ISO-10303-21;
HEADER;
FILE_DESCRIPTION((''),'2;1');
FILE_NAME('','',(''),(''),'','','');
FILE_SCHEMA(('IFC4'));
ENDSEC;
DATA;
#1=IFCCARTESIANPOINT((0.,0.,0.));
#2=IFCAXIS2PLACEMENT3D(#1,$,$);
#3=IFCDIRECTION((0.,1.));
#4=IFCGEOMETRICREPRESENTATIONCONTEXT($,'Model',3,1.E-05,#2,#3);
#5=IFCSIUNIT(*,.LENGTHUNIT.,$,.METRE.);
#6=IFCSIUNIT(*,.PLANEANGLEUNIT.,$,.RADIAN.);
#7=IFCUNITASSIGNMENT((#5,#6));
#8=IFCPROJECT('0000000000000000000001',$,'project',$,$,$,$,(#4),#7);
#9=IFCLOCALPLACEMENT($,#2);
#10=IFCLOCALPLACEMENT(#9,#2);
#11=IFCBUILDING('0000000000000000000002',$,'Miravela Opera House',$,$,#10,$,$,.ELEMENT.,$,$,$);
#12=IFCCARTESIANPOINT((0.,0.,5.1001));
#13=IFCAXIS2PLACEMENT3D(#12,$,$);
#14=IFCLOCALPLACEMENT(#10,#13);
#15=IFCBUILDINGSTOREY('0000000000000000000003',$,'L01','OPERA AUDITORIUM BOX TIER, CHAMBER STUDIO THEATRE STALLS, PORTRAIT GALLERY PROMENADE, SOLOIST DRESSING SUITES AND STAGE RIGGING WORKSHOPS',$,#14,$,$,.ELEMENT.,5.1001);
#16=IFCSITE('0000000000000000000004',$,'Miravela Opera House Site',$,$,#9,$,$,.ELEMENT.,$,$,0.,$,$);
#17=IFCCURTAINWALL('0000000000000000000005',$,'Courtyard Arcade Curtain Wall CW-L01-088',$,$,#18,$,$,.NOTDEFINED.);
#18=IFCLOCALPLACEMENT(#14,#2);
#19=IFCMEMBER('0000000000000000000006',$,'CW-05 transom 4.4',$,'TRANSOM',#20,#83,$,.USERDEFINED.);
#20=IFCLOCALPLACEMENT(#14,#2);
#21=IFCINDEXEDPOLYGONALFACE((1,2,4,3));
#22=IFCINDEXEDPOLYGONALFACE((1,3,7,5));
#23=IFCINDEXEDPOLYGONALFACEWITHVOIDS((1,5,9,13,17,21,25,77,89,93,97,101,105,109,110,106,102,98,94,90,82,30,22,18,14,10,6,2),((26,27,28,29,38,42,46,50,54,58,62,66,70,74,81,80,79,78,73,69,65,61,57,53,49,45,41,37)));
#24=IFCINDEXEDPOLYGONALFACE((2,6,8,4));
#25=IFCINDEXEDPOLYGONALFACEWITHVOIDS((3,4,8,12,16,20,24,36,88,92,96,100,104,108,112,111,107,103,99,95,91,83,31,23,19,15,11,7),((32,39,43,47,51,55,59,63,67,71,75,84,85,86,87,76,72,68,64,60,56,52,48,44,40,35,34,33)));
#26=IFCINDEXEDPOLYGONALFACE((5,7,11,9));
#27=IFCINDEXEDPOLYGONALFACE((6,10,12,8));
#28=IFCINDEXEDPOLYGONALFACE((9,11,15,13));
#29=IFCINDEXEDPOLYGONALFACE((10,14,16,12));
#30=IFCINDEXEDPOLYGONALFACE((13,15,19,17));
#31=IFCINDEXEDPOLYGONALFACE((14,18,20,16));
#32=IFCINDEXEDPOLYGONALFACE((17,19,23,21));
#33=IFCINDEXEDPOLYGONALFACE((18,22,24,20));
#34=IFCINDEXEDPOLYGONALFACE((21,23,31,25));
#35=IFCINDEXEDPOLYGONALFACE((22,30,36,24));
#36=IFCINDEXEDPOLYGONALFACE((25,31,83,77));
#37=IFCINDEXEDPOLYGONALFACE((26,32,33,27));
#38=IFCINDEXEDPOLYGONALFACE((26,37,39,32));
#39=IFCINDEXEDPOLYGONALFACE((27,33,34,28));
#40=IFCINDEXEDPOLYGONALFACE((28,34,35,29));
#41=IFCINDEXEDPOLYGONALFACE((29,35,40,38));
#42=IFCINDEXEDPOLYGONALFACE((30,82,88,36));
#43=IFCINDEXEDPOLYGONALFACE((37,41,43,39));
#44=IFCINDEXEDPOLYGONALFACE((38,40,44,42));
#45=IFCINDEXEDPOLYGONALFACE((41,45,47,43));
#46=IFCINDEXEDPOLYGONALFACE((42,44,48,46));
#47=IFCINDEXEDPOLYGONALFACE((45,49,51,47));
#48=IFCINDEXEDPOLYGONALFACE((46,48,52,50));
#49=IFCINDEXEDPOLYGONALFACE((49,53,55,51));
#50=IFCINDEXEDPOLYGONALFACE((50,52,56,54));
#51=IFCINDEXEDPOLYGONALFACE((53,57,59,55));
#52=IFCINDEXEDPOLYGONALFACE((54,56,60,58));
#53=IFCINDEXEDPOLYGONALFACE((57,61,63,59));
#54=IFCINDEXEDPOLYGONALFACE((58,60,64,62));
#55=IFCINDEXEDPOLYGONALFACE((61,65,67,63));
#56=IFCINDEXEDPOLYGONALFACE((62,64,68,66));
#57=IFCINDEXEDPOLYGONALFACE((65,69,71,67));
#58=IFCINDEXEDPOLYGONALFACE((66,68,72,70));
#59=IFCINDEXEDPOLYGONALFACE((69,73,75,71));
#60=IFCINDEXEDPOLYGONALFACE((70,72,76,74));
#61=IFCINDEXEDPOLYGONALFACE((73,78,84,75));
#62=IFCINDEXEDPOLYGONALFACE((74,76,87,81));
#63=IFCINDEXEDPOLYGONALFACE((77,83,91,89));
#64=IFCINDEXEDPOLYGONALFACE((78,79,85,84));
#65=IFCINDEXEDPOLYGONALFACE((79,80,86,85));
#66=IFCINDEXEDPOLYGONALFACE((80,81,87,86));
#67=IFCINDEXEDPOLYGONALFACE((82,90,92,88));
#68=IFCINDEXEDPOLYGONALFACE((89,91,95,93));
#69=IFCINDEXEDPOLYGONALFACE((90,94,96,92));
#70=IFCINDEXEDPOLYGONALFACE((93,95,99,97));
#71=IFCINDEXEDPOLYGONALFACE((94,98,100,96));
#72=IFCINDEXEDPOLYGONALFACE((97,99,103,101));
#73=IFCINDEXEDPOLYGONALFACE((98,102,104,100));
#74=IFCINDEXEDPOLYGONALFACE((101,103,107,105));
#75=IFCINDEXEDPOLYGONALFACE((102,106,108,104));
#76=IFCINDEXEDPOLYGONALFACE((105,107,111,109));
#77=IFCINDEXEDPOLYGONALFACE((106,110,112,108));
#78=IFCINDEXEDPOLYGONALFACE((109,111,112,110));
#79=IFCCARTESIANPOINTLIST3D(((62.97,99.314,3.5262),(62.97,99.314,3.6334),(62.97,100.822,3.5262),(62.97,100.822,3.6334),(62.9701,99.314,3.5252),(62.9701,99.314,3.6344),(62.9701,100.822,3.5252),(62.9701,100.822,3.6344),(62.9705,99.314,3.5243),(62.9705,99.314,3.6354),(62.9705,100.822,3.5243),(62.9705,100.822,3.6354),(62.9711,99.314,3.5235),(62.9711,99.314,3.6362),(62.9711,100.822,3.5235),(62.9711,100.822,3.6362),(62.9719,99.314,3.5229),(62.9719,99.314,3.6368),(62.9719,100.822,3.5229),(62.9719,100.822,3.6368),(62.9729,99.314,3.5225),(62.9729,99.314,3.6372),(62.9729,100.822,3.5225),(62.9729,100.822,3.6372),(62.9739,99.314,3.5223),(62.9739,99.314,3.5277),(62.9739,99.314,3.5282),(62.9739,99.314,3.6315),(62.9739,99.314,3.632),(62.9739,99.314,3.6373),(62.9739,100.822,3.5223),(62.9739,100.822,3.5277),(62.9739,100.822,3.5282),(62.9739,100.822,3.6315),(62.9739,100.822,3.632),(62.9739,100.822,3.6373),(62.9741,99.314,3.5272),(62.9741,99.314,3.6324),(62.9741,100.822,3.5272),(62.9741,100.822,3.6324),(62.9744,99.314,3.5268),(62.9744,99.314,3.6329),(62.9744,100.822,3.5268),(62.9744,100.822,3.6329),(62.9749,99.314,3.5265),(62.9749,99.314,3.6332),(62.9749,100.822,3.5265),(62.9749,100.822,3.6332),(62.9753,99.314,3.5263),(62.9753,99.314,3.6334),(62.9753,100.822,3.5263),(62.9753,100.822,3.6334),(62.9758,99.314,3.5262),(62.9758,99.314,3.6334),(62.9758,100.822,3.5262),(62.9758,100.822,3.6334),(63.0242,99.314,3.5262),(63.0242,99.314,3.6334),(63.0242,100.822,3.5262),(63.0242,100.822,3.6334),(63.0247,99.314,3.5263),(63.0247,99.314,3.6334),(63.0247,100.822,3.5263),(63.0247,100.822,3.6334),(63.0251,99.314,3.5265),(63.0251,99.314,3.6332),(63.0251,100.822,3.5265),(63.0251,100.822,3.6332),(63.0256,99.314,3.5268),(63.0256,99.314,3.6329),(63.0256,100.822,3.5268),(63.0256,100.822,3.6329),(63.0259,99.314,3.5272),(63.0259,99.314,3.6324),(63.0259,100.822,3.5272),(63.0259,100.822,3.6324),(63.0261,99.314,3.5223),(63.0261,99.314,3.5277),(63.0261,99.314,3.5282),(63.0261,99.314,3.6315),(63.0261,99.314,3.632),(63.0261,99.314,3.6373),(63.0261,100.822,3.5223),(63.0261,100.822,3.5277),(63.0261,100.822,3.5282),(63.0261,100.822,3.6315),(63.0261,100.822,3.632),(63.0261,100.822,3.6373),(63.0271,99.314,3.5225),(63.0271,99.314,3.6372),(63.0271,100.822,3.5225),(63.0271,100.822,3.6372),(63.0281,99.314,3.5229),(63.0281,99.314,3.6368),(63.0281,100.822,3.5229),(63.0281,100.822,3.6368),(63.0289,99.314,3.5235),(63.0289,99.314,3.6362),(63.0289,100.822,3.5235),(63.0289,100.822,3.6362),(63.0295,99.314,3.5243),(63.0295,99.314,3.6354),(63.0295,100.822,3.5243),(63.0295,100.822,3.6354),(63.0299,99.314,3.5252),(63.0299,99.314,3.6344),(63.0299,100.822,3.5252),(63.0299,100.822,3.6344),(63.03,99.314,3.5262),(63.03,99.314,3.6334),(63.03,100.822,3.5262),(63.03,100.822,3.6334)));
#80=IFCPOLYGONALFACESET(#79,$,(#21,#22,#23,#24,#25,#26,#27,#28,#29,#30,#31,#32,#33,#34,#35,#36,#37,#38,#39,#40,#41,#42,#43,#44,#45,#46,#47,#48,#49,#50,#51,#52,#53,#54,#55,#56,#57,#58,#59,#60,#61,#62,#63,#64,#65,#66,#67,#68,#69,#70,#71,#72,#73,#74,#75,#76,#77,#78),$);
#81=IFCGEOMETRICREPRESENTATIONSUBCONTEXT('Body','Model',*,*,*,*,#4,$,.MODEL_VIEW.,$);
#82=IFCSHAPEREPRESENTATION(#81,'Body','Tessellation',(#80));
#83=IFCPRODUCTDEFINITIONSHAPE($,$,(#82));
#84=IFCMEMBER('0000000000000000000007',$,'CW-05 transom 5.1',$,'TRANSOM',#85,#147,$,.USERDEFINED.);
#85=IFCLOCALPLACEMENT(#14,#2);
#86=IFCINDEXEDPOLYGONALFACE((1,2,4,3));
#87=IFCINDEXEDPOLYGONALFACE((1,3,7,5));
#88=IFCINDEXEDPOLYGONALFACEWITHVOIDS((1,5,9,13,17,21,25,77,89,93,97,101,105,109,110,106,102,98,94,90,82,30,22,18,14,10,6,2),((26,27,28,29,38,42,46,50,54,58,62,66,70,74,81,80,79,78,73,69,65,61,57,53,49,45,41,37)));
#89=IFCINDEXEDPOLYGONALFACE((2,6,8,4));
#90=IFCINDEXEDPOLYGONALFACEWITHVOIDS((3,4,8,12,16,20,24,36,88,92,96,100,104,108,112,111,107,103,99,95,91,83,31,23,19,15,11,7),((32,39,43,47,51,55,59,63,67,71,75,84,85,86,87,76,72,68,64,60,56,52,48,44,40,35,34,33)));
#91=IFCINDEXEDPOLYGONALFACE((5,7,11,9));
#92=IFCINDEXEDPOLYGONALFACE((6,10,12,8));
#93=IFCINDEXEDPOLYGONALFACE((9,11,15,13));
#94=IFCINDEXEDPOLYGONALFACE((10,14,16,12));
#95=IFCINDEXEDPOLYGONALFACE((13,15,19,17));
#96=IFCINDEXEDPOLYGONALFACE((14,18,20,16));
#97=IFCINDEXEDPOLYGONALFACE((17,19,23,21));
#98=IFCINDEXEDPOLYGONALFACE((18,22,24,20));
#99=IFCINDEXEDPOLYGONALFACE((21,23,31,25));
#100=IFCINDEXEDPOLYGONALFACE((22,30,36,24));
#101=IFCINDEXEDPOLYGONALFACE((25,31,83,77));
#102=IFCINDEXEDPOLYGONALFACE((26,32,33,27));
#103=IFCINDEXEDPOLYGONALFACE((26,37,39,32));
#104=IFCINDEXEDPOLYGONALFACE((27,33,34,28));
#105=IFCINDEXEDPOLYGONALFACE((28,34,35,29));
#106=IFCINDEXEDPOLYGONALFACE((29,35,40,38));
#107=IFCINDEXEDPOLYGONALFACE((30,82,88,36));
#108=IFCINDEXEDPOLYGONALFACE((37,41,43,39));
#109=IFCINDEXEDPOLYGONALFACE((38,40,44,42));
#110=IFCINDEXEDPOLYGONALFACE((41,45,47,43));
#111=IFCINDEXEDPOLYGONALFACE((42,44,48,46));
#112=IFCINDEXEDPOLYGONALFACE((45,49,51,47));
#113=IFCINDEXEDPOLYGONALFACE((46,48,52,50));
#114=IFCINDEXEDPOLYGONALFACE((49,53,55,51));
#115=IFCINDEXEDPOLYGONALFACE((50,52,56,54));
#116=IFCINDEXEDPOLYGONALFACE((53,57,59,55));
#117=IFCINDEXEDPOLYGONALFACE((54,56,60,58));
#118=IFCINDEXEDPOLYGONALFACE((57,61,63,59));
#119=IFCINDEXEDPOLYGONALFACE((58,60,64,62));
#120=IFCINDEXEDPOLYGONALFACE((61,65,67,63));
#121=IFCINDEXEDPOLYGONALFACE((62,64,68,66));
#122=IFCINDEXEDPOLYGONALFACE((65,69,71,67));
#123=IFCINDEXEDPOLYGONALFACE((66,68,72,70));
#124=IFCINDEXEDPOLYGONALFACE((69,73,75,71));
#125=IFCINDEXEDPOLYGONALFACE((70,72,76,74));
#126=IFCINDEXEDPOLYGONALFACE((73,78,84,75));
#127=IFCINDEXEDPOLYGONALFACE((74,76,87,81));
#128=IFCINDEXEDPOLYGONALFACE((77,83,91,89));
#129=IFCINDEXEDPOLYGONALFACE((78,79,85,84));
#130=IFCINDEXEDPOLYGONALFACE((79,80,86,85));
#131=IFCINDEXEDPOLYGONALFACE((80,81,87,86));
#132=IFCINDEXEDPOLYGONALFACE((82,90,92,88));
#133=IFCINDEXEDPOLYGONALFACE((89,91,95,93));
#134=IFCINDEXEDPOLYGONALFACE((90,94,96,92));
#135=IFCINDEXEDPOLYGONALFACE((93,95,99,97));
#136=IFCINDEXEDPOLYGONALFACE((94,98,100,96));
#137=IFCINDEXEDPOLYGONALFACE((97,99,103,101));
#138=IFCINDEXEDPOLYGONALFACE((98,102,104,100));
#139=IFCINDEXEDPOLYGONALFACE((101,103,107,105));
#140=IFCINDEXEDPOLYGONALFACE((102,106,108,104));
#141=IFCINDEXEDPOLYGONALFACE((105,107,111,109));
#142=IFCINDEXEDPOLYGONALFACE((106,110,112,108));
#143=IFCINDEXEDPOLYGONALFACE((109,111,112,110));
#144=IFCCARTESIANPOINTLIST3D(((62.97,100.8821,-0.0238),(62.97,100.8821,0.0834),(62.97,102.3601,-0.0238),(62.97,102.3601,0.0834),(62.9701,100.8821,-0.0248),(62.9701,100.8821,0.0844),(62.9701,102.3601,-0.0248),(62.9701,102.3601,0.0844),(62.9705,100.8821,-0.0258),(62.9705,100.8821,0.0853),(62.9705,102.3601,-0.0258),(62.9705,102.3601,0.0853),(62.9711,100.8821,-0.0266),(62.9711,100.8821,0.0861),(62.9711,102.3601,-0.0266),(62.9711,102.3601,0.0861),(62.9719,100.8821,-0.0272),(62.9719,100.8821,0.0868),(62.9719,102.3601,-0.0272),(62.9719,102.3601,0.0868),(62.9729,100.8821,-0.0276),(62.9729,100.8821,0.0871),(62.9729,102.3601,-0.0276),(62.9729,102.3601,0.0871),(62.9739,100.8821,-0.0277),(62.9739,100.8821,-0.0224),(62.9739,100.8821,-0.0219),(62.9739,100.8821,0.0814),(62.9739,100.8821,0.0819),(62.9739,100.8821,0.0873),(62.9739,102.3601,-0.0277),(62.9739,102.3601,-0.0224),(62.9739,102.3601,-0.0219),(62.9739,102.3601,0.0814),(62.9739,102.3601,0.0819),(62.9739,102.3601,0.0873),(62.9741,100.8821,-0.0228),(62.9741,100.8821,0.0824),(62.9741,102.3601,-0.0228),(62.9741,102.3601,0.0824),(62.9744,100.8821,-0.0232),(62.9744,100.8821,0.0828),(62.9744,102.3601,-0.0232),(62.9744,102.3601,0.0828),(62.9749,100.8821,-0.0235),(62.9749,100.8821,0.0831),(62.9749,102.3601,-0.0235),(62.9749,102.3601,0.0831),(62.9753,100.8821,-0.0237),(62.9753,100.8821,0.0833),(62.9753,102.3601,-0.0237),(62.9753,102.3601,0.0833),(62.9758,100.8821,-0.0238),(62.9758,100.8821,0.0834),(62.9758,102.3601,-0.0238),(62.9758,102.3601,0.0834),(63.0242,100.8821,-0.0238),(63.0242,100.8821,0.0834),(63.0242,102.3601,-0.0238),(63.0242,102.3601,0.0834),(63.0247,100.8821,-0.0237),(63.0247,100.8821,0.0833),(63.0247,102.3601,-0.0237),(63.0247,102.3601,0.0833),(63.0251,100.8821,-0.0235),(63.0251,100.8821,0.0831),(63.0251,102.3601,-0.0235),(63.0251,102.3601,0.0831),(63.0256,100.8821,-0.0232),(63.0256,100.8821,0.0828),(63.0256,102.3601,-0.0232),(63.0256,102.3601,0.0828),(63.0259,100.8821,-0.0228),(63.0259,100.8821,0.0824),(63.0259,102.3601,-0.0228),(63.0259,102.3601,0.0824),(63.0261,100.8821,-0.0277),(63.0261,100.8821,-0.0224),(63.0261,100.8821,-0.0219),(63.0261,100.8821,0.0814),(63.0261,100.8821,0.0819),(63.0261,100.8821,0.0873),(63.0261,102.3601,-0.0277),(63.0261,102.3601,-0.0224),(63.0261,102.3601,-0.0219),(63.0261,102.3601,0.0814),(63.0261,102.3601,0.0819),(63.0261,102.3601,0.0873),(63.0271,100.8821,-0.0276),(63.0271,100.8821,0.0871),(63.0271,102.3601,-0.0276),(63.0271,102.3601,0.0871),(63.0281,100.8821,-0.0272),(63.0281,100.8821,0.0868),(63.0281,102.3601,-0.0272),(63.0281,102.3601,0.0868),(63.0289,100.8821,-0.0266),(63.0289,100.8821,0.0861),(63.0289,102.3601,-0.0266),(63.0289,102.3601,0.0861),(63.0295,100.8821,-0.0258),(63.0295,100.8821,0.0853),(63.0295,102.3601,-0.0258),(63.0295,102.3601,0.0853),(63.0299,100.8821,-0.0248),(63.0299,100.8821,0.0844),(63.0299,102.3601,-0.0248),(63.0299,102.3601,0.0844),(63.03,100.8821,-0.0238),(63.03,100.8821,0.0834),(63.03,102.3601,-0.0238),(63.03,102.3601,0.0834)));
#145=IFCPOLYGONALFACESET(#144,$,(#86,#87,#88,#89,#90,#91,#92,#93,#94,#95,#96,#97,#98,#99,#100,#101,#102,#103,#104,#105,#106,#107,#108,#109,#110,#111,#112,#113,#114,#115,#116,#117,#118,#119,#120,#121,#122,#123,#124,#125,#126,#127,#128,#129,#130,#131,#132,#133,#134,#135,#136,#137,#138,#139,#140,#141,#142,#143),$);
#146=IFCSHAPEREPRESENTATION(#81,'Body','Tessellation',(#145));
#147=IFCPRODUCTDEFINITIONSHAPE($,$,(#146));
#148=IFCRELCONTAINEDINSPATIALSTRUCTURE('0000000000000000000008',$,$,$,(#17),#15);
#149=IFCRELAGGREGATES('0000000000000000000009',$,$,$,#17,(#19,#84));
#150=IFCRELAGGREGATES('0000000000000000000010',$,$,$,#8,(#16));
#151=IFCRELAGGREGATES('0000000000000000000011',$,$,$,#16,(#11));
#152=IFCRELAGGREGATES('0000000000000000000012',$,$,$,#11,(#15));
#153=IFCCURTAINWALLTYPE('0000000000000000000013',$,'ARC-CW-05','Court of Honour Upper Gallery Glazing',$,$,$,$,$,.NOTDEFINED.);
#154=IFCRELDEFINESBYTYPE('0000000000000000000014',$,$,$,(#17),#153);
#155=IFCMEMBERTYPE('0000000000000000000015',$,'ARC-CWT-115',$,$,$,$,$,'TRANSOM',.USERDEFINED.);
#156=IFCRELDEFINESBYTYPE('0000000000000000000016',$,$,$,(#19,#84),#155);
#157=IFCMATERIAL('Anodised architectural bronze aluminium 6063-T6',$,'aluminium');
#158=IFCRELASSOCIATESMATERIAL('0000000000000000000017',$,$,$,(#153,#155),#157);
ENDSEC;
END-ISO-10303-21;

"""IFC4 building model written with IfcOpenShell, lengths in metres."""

from ifc_helpers import new_model, si_unit, direction, frame, origin, origin_2d, place, context, subcontext, project, spatial, hollow_rectangle, extrude, material, material_profile, profile_set, type_object, element, aggregate, save


model = new_model("IFC4")

# Units and contexts
model_context = context("Model", 3, precision=1e-05, world=origin(), true_north=direction((0.0, 1.0)))
body_context = subcontext(model_context, "Body", "Model", "MODEL_VIEW")
ifc_project = project(units=[si_unit("LENGTHUNIT", "METRE"), si_unit("PLANEANGLEUNIT", "RADIAN")], contexts=[model_context])

# Site, building, storey
site_placement = place(None, origin())
site = spatial("IfcSite", under=ifc_project, at=site_placement, Name="Miravela Opera House Site", CompositionType="ELEMENT", RefElevation=0.0)
building_placement = place(site_placement, origin())
building = spatial("IfcBuilding", under=site, at=building_placement, Name="Miravela Opera House", CompositionType="ELEMENT")
storey_placement = place(building_placement, frame((0.0, 0.0, 5.1001)))
storey = spatial("IfcBuildingStorey", under=building, at=storey_placement, Name="L01", Description="OPERA AUDITORIUM BOX TIER, CHAMBER STUDIO THEATRE STALLS, PORTRAIT GALLERY PROMENADE, SOLOIST DRESSING SUITES AND STAGE RIGGING WORKSHOPS", CompositionType="ELEMENT", Elevation=5.1001)

# Curtain wall, members
ifc_material_1 = material(Name="Anodised architectural bronze aluminium 6063-T6", Category="aluminium")
curtain_wall_type = type_object("IfcCurtainWallType", Name="ARC-CW-05", Description="Court of Honour Upper Gallery Glazing", PredefinedType="NOTDEFINED", material=ifc_material_1)
curtain_wall_placement = place(storey_placement, origin())
curtain_wall = element("IfcCurtainWall", 1, at=curtain_wall_placement, inside=storey, type_object=curtain_wall_type, Name="Courtyard Arcade Curtain Wall CW-L01-088", PredefinedType="NOTDEFINED")
ifc_material_profile_1 = material_profile(ifc_material_1, hollow_rectangle(XDim=0.0601, YDim=0.115, WallThickness=0.0039, InnerFilletRadius=0.002, OuterFilletRadius=0.0039, at=origin_2d()), Name="CWT-60X115")
ifc_profile_set_1 = profile_set([ifc_material_profile_1])
member_type_1 = type_object("IfcMemberType", Name="ARC-CWT-115", ElementType="TRANSOM", PredefinedType="USERDEFINED", material=ifc_profile_set_1)
member_1_placement = place(storey_placement, frame((63.0, 99.314, 3.5798), z_axis=(0.0, 1.0, 0.0), x_axis=(-1.0, 0.0, 0.0)))
member_1 = element("IfcMember", 2, at=member_1_placement, type_object=member_type_1, Name="CW-05 transom 4.4", ObjectType="TRANSOM", PredefinedType="USERDEFINED", context=body_context, shape_type="SweptSolid", body=[
    extrude(hollow_rectangle(XDim=0.0601, YDim=0.115, WallThickness=0.0039, InnerFilletRadius=0.002, OuterFilletRadius=0.0039, at=origin_2d()), origin(), (0.0, 0.0, 1.0), 1.5081),
])
member_2_placement = place(storey_placement, frame((63.0, 100.8821, 0.0298), z_axis=(0.0, 1.0, 0.0), x_axis=(-1.0, 0.0, 0.0)))
member_2 = element("IfcMember", 3, at=member_2_placement, type_object=member_type_1, Name="CW-05 transom 5.1", ObjectType="TRANSOM", PredefinedType="USERDEFINED", context=body_context, shape_type="SweptSolid", body=[
    extrude(hollow_rectangle(XDim=0.0601, YDim=0.115, WallThickness=0.0039, InnerFilletRadius=0.002, OuterFilletRadius=0.0039, at=origin_2d()), origin(), (0.0, 0.0, 1.0), 1.478),
])

aggregate(curtain_wall, [member_1, member_2])

save(model, "model.ifc")
